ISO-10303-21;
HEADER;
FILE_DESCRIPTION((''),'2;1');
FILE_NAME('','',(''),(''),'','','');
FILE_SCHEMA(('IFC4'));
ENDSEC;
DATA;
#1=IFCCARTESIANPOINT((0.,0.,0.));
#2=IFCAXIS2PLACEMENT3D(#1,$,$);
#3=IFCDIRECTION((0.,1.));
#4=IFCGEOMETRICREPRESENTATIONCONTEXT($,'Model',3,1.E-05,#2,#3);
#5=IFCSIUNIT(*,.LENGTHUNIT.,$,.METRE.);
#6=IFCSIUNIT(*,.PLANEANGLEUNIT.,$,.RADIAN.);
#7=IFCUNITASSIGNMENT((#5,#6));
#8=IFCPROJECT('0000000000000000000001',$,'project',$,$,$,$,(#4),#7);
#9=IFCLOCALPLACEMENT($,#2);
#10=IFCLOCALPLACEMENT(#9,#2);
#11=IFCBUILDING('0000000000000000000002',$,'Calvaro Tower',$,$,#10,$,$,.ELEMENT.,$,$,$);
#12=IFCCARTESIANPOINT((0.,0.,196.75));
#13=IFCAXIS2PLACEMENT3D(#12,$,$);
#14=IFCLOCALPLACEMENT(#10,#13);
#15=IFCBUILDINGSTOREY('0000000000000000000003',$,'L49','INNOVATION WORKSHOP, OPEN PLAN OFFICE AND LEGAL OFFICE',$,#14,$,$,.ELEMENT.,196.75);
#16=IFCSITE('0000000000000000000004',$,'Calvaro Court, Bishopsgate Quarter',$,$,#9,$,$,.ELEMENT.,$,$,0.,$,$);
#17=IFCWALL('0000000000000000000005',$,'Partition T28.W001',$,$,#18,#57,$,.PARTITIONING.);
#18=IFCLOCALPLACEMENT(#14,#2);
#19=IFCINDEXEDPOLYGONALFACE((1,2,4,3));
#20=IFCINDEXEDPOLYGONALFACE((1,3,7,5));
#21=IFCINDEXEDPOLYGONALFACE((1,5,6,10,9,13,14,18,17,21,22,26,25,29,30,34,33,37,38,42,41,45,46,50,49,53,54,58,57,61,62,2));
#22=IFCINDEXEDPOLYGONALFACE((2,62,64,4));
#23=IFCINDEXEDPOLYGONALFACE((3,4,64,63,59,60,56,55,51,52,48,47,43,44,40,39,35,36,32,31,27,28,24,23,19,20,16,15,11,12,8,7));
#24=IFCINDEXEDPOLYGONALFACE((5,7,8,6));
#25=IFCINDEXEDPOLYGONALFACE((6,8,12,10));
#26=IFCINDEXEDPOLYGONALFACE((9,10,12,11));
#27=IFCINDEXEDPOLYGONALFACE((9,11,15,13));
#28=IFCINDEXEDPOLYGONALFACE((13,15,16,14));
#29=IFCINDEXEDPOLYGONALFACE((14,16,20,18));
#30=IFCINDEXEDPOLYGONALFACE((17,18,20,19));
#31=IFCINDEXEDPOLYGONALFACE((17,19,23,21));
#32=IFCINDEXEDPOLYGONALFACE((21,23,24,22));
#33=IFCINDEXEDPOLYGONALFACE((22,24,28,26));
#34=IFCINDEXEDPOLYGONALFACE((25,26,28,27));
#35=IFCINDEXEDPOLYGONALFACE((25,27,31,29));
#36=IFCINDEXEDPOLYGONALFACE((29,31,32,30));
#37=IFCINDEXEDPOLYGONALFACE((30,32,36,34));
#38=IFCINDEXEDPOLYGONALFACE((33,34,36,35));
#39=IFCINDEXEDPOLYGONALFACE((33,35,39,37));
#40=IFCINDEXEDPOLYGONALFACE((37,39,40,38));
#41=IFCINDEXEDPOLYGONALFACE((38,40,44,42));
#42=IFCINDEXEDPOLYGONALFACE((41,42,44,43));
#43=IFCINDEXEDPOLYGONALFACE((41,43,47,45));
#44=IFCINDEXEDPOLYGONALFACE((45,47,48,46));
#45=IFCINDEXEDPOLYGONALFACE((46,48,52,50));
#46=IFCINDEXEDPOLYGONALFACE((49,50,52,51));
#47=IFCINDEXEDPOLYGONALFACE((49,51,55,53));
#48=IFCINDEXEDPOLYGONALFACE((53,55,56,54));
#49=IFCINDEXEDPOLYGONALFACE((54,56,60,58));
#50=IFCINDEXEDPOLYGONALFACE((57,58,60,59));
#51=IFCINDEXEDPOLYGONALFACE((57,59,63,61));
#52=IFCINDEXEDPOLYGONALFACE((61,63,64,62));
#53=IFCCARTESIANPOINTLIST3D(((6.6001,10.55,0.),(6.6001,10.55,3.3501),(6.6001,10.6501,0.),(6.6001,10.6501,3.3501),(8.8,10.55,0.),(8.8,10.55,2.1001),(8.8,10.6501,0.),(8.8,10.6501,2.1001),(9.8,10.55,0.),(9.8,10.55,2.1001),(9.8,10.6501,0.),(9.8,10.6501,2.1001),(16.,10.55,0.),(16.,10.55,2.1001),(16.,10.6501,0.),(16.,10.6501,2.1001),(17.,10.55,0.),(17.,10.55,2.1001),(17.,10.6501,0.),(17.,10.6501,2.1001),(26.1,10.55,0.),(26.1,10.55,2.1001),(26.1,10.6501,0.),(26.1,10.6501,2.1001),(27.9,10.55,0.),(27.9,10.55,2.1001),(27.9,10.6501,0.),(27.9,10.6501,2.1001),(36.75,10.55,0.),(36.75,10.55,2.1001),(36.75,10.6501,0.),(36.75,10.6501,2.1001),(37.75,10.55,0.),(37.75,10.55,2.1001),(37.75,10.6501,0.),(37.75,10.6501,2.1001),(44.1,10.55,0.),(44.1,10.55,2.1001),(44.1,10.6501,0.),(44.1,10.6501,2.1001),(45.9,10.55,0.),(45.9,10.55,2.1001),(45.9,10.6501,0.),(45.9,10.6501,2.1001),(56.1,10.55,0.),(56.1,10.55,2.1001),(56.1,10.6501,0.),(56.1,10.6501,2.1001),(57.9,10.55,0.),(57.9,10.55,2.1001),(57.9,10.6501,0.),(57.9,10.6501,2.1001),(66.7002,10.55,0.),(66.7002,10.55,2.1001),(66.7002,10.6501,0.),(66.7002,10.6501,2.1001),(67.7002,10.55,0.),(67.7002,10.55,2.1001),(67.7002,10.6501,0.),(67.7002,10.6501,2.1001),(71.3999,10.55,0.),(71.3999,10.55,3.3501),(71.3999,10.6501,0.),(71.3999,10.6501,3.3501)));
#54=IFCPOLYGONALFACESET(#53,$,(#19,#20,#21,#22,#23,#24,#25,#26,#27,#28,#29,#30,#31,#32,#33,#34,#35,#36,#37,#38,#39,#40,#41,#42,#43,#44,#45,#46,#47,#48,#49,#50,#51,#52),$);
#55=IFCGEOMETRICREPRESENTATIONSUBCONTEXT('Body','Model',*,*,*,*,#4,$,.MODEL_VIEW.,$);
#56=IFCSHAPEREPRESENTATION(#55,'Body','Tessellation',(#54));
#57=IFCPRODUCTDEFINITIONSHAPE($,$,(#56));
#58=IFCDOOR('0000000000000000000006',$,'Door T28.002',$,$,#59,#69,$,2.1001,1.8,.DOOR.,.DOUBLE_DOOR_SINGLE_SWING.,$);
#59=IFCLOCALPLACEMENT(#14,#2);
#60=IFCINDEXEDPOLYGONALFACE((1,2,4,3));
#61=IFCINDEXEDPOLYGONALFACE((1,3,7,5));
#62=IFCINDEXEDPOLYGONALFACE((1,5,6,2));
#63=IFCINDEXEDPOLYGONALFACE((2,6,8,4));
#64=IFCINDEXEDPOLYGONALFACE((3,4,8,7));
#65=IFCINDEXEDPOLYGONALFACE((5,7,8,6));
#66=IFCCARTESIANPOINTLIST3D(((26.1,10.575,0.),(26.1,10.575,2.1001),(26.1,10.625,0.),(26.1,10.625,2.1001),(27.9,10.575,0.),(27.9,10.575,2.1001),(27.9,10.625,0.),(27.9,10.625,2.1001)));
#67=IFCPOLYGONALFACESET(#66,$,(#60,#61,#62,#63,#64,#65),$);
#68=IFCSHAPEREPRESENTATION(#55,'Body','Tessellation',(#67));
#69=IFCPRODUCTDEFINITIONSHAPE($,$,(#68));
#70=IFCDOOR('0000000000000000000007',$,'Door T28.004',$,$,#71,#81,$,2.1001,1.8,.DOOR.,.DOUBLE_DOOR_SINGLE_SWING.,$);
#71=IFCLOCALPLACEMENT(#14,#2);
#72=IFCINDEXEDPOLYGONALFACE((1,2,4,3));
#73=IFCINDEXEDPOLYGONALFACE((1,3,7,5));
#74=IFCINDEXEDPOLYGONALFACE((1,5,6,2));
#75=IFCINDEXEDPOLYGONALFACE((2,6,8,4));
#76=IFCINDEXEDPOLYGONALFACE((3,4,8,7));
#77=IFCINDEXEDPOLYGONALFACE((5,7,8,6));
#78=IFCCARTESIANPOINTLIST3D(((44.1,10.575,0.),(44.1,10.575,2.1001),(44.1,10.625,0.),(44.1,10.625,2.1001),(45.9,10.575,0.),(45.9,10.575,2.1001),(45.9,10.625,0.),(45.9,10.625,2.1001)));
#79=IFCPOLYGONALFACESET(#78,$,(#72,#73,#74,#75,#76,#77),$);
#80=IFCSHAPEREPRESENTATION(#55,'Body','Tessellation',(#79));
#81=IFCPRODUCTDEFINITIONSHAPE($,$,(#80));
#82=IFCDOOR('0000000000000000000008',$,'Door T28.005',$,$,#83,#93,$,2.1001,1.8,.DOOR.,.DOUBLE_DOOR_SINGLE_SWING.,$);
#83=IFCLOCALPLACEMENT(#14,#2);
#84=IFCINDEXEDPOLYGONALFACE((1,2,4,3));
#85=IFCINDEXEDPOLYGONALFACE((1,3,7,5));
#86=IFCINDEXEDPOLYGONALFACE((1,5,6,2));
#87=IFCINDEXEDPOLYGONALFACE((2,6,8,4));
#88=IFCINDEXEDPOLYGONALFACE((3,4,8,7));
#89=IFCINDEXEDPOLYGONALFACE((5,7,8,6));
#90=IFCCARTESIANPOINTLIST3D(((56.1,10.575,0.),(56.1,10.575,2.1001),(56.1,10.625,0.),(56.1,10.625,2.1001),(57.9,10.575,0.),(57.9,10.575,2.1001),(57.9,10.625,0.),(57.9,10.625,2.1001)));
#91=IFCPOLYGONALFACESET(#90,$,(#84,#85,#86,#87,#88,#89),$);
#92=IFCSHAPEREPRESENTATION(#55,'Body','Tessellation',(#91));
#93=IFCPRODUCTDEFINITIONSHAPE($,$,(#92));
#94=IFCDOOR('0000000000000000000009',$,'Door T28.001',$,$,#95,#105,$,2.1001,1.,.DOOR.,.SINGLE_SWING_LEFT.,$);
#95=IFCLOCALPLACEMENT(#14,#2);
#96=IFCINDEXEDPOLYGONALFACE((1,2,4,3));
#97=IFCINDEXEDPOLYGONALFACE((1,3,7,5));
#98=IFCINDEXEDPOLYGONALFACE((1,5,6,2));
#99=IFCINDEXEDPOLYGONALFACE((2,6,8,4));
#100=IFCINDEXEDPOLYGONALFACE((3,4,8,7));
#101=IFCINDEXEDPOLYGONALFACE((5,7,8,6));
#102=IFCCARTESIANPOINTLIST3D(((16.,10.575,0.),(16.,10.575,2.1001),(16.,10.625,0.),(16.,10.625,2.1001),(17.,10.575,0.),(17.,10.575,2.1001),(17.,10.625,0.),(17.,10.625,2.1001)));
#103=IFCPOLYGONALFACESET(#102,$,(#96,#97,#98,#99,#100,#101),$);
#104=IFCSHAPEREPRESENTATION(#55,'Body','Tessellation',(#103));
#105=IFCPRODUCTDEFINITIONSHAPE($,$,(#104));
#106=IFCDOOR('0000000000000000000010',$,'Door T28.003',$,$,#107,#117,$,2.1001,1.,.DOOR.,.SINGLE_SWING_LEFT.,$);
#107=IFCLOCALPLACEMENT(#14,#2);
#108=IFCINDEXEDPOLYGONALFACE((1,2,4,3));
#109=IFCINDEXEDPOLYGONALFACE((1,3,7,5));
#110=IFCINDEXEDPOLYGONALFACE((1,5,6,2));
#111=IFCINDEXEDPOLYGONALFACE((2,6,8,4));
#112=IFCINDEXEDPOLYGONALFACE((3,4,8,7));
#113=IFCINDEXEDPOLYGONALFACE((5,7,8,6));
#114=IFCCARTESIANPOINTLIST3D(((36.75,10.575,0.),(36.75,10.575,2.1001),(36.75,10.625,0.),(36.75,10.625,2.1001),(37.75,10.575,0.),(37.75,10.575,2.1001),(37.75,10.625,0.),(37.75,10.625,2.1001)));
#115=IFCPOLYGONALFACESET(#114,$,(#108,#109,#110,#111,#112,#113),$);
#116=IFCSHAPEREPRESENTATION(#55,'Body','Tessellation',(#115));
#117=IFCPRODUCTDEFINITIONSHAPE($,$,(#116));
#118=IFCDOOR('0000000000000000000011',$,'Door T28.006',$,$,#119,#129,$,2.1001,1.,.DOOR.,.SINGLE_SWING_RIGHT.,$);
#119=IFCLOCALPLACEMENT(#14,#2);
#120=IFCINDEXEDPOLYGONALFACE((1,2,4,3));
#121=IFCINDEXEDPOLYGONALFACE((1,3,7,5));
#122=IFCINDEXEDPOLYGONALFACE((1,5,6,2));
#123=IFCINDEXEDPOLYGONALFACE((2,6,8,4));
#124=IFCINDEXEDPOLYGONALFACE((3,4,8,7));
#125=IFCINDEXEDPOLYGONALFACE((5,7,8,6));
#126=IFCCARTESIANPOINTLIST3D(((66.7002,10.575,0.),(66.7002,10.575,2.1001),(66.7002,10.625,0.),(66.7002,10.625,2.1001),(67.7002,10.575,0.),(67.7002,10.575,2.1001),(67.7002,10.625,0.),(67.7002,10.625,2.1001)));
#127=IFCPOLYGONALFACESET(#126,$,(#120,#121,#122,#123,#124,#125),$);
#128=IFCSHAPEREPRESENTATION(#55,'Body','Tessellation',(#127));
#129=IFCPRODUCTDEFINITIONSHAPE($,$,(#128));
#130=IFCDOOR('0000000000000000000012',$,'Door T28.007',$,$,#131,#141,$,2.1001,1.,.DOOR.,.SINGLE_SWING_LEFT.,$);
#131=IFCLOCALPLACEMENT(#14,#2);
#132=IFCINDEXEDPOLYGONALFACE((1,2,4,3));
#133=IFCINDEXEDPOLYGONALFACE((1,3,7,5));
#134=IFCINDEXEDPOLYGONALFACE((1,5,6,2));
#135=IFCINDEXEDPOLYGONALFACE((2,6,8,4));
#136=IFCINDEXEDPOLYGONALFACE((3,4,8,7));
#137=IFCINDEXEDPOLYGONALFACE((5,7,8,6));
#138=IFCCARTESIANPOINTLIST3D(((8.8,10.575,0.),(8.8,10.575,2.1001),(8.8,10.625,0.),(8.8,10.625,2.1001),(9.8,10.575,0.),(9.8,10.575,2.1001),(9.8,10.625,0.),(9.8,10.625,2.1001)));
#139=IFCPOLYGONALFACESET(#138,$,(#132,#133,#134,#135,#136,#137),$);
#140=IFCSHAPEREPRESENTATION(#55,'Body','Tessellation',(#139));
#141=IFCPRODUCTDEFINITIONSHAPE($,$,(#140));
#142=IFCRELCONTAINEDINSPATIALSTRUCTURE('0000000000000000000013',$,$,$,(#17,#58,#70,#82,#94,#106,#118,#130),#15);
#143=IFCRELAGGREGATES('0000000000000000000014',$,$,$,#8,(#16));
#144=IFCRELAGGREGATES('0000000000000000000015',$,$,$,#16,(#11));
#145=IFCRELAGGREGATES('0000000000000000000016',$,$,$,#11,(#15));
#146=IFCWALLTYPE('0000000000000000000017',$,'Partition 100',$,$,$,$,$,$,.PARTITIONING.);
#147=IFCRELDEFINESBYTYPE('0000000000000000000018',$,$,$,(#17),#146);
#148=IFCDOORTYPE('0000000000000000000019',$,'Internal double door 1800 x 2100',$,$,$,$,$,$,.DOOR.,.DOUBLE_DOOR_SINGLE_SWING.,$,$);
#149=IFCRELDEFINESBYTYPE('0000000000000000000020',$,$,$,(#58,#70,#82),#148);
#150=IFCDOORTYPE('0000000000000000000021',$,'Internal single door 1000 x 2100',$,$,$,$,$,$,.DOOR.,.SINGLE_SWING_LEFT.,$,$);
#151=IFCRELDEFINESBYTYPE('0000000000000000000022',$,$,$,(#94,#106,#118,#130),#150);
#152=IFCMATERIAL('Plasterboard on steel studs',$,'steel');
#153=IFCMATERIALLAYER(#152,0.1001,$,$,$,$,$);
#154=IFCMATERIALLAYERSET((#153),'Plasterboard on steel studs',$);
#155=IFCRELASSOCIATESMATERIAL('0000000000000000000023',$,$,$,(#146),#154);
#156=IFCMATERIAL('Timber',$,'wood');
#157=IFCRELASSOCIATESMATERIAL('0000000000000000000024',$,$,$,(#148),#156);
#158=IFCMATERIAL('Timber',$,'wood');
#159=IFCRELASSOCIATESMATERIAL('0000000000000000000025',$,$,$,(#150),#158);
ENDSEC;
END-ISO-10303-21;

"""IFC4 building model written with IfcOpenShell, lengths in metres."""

from ifc_helpers import new_model, si_unit, direction, frame, frame_2d, origin, place, context, subcontext, project, spatial, rectangle, extrude, material, layer, layer_set, type_object, element, fill, save


model = new_model("IFC4")

# Units and contexts
model_context = context("Model", 3, precision=1e-05, world=origin(), true_north=direction((0.0, 1.0)))
body_context = subcontext(model_context, "Body", "Model", "MODEL_VIEW")
ifc_project = project(units=[si_unit("LENGTHUNIT", "METRE"), si_unit("PLANEANGLEUNIT", "RADIAN")], contexts=[model_context])

# Site, building, storey
site_placement = place(None, origin())
site = spatial("IfcSite", under=ifc_project, at=site_placement, Name="Calvaro Court, Bishopsgate Quarter", CompositionType="ELEMENT", RefElevation=0.0)
building_placement = place(site_placement, origin())
building = spatial("IfcBuilding", under=site, at=building_placement, Name="Calvaro Tower", CompositionType="ELEMENT")
storey_placement = place(building_placement, frame((0.0, 0.0, 196.75)))
storey = spatial("IfcBuildingStorey", under=building, at=storey_placement, Name="L49", Description="INNOVATION WORKSHOP, OPEN PLAN OFFICE AND LEGAL OFFICE", CompositionType="ELEMENT", Elevation=196.75)

# Wall, openings, doors
ifc_material_1 = material(Name="Plasterboard on steel studs", Category="steel")
ifc_layer_1 = layer(ifc_material_1, 0.1001)
ifc_layer_set_1 = layer_set([ifc_layer_1], Name="Plasterboard on steel studs")
wall_type_1 = type_object("IfcWallType", Name="Partition 100", PredefinedType="PARTITIONING", material=ifc_layer_set_1)
wall_1_placement = place(storey_placement, frame((6.6001, 10.6001, 0.0), z_axis=(0.0, 0.0, 1.0), x_axis=(1.0, 0.0, 0.0)))
wall_1 = element("IfcWall", 1, at=wall_1_placement, inside=storey, type_object=wall_type_1, Name="Partition T28.W001", PredefinedType="PARTITIONING", context=body_context, shape_type="SweptSolid", body=[
    extrude(rectangle(XDim=64.7998, YDim=0.1001, at=frame_2d((32.3999, 0.0))), origin(), (0.0, 0.0, 1.0), 3.3501),
])
opening_1_placement = place(wall_1_placement, frame((9.3999, 0.0, 0.0)))
opening_1 = element("IfcOpeningElement", 2, at=opening_1_placement, cuts=wall_1, PredefinedType="OPENING", context=body_context, shape_type="SweptSolid", body=[
    extrude(rectangle(XDim=1.0, YDim=2.1001, at=frame_2d((0.5, 1.05))), frame((0.0, 0.0601, 0.0), z_axis=(0.0, -1.0, 0.0), x_axis=(1.0, 0.0, 0.0)), (0.0, 0.0, 1.0), 0.1201),
])
opening_2_placement = place(wall_1_placement, frame((19.5, 0.0, 0.0)))
opening_2 = element("IfcOpeningElement", 3, at=opening_2_placement, cuts=wall_1, PredefinedType="OPENING", context=body_context, shape_type="SweptSolid", body=[
    extrude(rectangle(XDim=1.8, YDim=2.1001, at=frame_2d((0.8999, 1.05))), frame((0.0, 0.0601, 0.0), z_axis=(0.0, -1.0, 0.0), x_axis=(1.0, 0.0, 0.0)), (0.0, 0.0, 1.0), 0.1201),
])
opening_3_placement = place(wall_1_placement, frame((30.1499, 0.0, 0.0)))
opening_3 = element("IfcOpeningElement", 4, at=opening_3_placement, cuts=wall_1, PredefinedType="OPENING", context=body_context, shape_type="SweptSolid", body=[
    extrude(rectangle(XDim=1.0, YDim=2.1001, at=frame_2d((0.5, 1.05))), frame((0.0, 0.0601, 0.0), z_axis=(0.0, -1.0, 0.0), x_axis=(1.0, 0.0, 0.0)), (0.0, 0.0, 1.0), 0.1201),
])
opening_4_placement = place(wall_1_placement, frame((37.5, 0.0, 0.0)))
opening_4 = element("IfcOpeningElement", 5, at=opening_4_placement, cuts=wall_1, PredefinedType="OPENING", context=body_context, shape_type="SweptSolid", body=[
    extrude(rectangle(XDim=1.8, YDim=2.1001, at=frame_2d((0.8999, 1.05))), frame((0.0, 0.0601, 0.0), z_axis=(0.0, -1.0, 0.0), x_axis=(1.0, 0.0, 0.0)), (0.0, 0.0, 1.0), 0.1201),
])
opening_5_placement = place(wall_1_placement, frame((49.5, 0.0, 0.0)))
opening_5 = element("IfcOpeningElement", 6, at=opening_5_placement, cuts=wall_1, PredefinedType="OPENING", context=body_context, shape_type="SweptSolid", body=[
    extrude(rectangle(XDim=1.8, YDim=2.1001, at=frame_2d((0.8999, 1.05))), frame((0.0, 0.0601, 0.0), z_axis=(0.0, -1.0, 0.0), x_axis=(1.0, 0.0, 0.0)), (0.0, 0.0, 1.0), 0.1201),
])
opening_6_placement = place(wall_1_placement, frame((60.1001, 0.0, 0.0)))
opening_6 = element("IfcOpeningElement", 7, at=opening_6_placement, cuts=wall_1, PredefinedType="OPENING", context=body_context, shape_type="SweptSolid", body=[
    extrude(rectangle(XDim=1.0, YDim=2.1001, at=frame_2d((0.5, 1.05))), frame((0.0, 0.0601, 0.0), z_axis=(0.0, -1.0, 0.0), x_axis=(1.0, 0.0, 0.0)), (0.0, 0.0, 1.0), 0.1201),
])
opening_7_placement = place(wall_1_placement, frame((2.2, 0.0, 0.0)))
opening_7 = element("IfcOpeningElement", 8, at=opening_7_placement, cuts=wall_1, PredefinedType="OPENING", context=body_context, shape_type="SweptSolid", body=[
    extrude(rectangle(XDim=1.0, YDim=2.1001, at=frame_2d((0.5, 1.05))), frame((0.0, 0.0601, 0.0), z_axis=(0.0, -1.0, 0.0), x_axis=(1.0, 0.0, 0.0)), (0.0, 0.0, 1.0), 0.1201),
])
ifc_material_2 = material(Name="Timber", Category="wood")
door_type_1 = type_object("IfcDoorType", Name="Internal double door 1800 x 2100", OperationType="DOUBLE_DOOR_SINGLE_SWING", PredefinedType="DOOR", material=ifc_material_2)
door_1_placement = place(opening_2_placement, origin())
door_1 = element("IfcDoor", 9, at=door_1_placement, inside=storey, type_object=door_type_1, Name="Door T28.002", OperationType="DOUBLE_DOOR_SINGLE_SWING", OverallHeight=2.1001, OverallWidth=1.8, PredefinedType="DOOR", context=body_context, shape_type="SweptSolid", body=[
    extrude(rectangle(XDim=1.8, YDim=2.1001, at=frame_2d((0.8999, 1.05))), frame((0.0, 0.0249, 0.0), z_axis=(0.0, -1.0, 0.0), x_axis=(1.0, 0.0, 0.0)), (0.0, 0.0, 1.0), 0.05),
])
fill(opening_2, door_1)
door_2_placement = place(opening_4_placement, origin())
door_2 = element("IfcDoor", 10, at=door_2_placement, inside=storey, type_object=door_type_1, Name="Door T28.004", OperationType="DOUBLE_DOOR_SINGLE_SWING", OverallHeight=2.1001, OverallWidth=1.8, PredefinedType="DOOR", context=body_context, shape_type="SweptSolid", body=[
    extrude(rectangle(XDim=1.8, YDim=2.1001, at=frame_2d((0.8999, 1.05))), frame((0.0, 0.0249, 0.0), z_axis=(0.0, -1.0, 0.0), x_axis=(1.0, 0.0, 0.0)), (0.0, 0.0, 1.0), 0.05),
])
fill(opening_4, door_2)
door_3_placement = place(opening_5_placement, origin())
door_3 = element("IfcDoor", 11, at=door_3_placement, inside=storey, type_object=door_type_1, Name="Door T28.005", OperationType="DOUBLE_DOOR_SINGLE_SWING", OverallHeight=2.1001, OverallWidth=1.8, PredefinedType="DOOR", context=body_context, shape_type="SweptSolid", body=[
    extrude(rectangle(XDim=1.8, YDim=2.1001, at=frame_2d((0.8999, 1.05))), frame((0.0, 0.0249, 0.0), z_axis=(0.0, -1.0, 0.0), x_axis=(1.0, 0.0, 0.0)), (0.0, 0.0, 1.0), 0.05),
])
fill(opening_5, door_3)
ifc_material_3 = material(Name="Timber", Category="wood")
door_type_2 = type_object("IfcDoorType", Name="Internal single door 1000 x 2100", OperationType="SINGLE_SWING_LEFT", PredefinedType="DOOR", material=ifc_material_3)
door_4_placement = place(opening_1_placement, origin())
door_4 = element("IfcDoor", 12, at=door_4_placement, inside=storey, type_object=door_type_2, Name="Door T28.001", OperationType="SINGLE_SWING_LEFT", OverallHeight=2.1001, OverallWidth=1.0, PredefinedType="DOOR", context=body_context, shape_type="SweptSolid", body=[
    extrude(rectangle(XDim=1.0, YDim=2.1001, at=frame_2d((0.5, 1.05))), frame((0.0, 0.0249, 0.0), z_axis=(0.0, -1.0, 0.0), x_axis=(1.0, 0.0, 0.0)), (0.0, 0.0, 1.0), 0.05),
])
fill(opening_1, door_4)
door_5_placement = place(opening_3_placement, origin())
door_5 = element("IfcDoor", 13, at=door_5_placement, inside=storey, type_object=door_type_2, Name="Door T28.003", OperationType="SINGLE_SWING_LEFT", OverallHeight=2.1001, OverallWidth=1.0, PredefinedType="DOOR", context=body_context, shape_type="SweptSolid", body=[
    extrude(rectangle(XDim=1.0, YDim=2.1001, at=frame_2d((0.5, 1.05))), frame((0.0, 0.0249, 0.0), z_axis=(0.0, -1.0, 0.0), x_axis=(1.0, 0.0, 0.0)), (0.0, 0.0, 1.0), 0.05),
])
fill(opening_3, door_5)
door_6_placement = place(opening_6_placement, origin())
door_6 = element("IfcDoor", 14, at=door_6_placement, inside=storey, type_object=door_type_2, Name="Door T28.006", OperationType="SINGLE_SWING_RIGHT", OverallHeight=2.1001, OverallWidth=1.0, PredefinedType="DOOR", context=body_context, shape_type="SweptSolid", body=[
    extrude(rectangle(XDim=1.0, YDim=2.1001, at=frame_2d((0.5, 1.05))), frame((0.0, 0.0249, 0.0), z_axis=(0.0, -1.0, 0.0), x_axis=(1.0, 0.0, 0.0)), (0.0, 0.0, 1.0), 0.05),
])
fill(opening_6, door_6)
door_7_placement = place(opening_7_placement, origin())
door_7 = element("IfcDoor", 15, at=door_7_placement, inside=storey, type_object=door_type_2, Name="Door T28.007", OperationType="SINGLE_SWING_LEFT", OverallHeight=2.1001, OverallWidth=1.0, PredefinedType="DOOR", context=body_context, shape_type="SweptSolid", body=[
    extrude(rectangle(XDim=1.0, YDim=2.1001, at=frame_2d((0.5, 1.05))), frame((0.0, 0.0249, 0.0), z_axis=(0.0, -1.0, 0.0), x_axis=(1.0, 0.0, 0.0)), (0.0, 0.0, 1.0), 0.05),
])
fill(opening_7, door_7)

save(model, "model.ifc")
